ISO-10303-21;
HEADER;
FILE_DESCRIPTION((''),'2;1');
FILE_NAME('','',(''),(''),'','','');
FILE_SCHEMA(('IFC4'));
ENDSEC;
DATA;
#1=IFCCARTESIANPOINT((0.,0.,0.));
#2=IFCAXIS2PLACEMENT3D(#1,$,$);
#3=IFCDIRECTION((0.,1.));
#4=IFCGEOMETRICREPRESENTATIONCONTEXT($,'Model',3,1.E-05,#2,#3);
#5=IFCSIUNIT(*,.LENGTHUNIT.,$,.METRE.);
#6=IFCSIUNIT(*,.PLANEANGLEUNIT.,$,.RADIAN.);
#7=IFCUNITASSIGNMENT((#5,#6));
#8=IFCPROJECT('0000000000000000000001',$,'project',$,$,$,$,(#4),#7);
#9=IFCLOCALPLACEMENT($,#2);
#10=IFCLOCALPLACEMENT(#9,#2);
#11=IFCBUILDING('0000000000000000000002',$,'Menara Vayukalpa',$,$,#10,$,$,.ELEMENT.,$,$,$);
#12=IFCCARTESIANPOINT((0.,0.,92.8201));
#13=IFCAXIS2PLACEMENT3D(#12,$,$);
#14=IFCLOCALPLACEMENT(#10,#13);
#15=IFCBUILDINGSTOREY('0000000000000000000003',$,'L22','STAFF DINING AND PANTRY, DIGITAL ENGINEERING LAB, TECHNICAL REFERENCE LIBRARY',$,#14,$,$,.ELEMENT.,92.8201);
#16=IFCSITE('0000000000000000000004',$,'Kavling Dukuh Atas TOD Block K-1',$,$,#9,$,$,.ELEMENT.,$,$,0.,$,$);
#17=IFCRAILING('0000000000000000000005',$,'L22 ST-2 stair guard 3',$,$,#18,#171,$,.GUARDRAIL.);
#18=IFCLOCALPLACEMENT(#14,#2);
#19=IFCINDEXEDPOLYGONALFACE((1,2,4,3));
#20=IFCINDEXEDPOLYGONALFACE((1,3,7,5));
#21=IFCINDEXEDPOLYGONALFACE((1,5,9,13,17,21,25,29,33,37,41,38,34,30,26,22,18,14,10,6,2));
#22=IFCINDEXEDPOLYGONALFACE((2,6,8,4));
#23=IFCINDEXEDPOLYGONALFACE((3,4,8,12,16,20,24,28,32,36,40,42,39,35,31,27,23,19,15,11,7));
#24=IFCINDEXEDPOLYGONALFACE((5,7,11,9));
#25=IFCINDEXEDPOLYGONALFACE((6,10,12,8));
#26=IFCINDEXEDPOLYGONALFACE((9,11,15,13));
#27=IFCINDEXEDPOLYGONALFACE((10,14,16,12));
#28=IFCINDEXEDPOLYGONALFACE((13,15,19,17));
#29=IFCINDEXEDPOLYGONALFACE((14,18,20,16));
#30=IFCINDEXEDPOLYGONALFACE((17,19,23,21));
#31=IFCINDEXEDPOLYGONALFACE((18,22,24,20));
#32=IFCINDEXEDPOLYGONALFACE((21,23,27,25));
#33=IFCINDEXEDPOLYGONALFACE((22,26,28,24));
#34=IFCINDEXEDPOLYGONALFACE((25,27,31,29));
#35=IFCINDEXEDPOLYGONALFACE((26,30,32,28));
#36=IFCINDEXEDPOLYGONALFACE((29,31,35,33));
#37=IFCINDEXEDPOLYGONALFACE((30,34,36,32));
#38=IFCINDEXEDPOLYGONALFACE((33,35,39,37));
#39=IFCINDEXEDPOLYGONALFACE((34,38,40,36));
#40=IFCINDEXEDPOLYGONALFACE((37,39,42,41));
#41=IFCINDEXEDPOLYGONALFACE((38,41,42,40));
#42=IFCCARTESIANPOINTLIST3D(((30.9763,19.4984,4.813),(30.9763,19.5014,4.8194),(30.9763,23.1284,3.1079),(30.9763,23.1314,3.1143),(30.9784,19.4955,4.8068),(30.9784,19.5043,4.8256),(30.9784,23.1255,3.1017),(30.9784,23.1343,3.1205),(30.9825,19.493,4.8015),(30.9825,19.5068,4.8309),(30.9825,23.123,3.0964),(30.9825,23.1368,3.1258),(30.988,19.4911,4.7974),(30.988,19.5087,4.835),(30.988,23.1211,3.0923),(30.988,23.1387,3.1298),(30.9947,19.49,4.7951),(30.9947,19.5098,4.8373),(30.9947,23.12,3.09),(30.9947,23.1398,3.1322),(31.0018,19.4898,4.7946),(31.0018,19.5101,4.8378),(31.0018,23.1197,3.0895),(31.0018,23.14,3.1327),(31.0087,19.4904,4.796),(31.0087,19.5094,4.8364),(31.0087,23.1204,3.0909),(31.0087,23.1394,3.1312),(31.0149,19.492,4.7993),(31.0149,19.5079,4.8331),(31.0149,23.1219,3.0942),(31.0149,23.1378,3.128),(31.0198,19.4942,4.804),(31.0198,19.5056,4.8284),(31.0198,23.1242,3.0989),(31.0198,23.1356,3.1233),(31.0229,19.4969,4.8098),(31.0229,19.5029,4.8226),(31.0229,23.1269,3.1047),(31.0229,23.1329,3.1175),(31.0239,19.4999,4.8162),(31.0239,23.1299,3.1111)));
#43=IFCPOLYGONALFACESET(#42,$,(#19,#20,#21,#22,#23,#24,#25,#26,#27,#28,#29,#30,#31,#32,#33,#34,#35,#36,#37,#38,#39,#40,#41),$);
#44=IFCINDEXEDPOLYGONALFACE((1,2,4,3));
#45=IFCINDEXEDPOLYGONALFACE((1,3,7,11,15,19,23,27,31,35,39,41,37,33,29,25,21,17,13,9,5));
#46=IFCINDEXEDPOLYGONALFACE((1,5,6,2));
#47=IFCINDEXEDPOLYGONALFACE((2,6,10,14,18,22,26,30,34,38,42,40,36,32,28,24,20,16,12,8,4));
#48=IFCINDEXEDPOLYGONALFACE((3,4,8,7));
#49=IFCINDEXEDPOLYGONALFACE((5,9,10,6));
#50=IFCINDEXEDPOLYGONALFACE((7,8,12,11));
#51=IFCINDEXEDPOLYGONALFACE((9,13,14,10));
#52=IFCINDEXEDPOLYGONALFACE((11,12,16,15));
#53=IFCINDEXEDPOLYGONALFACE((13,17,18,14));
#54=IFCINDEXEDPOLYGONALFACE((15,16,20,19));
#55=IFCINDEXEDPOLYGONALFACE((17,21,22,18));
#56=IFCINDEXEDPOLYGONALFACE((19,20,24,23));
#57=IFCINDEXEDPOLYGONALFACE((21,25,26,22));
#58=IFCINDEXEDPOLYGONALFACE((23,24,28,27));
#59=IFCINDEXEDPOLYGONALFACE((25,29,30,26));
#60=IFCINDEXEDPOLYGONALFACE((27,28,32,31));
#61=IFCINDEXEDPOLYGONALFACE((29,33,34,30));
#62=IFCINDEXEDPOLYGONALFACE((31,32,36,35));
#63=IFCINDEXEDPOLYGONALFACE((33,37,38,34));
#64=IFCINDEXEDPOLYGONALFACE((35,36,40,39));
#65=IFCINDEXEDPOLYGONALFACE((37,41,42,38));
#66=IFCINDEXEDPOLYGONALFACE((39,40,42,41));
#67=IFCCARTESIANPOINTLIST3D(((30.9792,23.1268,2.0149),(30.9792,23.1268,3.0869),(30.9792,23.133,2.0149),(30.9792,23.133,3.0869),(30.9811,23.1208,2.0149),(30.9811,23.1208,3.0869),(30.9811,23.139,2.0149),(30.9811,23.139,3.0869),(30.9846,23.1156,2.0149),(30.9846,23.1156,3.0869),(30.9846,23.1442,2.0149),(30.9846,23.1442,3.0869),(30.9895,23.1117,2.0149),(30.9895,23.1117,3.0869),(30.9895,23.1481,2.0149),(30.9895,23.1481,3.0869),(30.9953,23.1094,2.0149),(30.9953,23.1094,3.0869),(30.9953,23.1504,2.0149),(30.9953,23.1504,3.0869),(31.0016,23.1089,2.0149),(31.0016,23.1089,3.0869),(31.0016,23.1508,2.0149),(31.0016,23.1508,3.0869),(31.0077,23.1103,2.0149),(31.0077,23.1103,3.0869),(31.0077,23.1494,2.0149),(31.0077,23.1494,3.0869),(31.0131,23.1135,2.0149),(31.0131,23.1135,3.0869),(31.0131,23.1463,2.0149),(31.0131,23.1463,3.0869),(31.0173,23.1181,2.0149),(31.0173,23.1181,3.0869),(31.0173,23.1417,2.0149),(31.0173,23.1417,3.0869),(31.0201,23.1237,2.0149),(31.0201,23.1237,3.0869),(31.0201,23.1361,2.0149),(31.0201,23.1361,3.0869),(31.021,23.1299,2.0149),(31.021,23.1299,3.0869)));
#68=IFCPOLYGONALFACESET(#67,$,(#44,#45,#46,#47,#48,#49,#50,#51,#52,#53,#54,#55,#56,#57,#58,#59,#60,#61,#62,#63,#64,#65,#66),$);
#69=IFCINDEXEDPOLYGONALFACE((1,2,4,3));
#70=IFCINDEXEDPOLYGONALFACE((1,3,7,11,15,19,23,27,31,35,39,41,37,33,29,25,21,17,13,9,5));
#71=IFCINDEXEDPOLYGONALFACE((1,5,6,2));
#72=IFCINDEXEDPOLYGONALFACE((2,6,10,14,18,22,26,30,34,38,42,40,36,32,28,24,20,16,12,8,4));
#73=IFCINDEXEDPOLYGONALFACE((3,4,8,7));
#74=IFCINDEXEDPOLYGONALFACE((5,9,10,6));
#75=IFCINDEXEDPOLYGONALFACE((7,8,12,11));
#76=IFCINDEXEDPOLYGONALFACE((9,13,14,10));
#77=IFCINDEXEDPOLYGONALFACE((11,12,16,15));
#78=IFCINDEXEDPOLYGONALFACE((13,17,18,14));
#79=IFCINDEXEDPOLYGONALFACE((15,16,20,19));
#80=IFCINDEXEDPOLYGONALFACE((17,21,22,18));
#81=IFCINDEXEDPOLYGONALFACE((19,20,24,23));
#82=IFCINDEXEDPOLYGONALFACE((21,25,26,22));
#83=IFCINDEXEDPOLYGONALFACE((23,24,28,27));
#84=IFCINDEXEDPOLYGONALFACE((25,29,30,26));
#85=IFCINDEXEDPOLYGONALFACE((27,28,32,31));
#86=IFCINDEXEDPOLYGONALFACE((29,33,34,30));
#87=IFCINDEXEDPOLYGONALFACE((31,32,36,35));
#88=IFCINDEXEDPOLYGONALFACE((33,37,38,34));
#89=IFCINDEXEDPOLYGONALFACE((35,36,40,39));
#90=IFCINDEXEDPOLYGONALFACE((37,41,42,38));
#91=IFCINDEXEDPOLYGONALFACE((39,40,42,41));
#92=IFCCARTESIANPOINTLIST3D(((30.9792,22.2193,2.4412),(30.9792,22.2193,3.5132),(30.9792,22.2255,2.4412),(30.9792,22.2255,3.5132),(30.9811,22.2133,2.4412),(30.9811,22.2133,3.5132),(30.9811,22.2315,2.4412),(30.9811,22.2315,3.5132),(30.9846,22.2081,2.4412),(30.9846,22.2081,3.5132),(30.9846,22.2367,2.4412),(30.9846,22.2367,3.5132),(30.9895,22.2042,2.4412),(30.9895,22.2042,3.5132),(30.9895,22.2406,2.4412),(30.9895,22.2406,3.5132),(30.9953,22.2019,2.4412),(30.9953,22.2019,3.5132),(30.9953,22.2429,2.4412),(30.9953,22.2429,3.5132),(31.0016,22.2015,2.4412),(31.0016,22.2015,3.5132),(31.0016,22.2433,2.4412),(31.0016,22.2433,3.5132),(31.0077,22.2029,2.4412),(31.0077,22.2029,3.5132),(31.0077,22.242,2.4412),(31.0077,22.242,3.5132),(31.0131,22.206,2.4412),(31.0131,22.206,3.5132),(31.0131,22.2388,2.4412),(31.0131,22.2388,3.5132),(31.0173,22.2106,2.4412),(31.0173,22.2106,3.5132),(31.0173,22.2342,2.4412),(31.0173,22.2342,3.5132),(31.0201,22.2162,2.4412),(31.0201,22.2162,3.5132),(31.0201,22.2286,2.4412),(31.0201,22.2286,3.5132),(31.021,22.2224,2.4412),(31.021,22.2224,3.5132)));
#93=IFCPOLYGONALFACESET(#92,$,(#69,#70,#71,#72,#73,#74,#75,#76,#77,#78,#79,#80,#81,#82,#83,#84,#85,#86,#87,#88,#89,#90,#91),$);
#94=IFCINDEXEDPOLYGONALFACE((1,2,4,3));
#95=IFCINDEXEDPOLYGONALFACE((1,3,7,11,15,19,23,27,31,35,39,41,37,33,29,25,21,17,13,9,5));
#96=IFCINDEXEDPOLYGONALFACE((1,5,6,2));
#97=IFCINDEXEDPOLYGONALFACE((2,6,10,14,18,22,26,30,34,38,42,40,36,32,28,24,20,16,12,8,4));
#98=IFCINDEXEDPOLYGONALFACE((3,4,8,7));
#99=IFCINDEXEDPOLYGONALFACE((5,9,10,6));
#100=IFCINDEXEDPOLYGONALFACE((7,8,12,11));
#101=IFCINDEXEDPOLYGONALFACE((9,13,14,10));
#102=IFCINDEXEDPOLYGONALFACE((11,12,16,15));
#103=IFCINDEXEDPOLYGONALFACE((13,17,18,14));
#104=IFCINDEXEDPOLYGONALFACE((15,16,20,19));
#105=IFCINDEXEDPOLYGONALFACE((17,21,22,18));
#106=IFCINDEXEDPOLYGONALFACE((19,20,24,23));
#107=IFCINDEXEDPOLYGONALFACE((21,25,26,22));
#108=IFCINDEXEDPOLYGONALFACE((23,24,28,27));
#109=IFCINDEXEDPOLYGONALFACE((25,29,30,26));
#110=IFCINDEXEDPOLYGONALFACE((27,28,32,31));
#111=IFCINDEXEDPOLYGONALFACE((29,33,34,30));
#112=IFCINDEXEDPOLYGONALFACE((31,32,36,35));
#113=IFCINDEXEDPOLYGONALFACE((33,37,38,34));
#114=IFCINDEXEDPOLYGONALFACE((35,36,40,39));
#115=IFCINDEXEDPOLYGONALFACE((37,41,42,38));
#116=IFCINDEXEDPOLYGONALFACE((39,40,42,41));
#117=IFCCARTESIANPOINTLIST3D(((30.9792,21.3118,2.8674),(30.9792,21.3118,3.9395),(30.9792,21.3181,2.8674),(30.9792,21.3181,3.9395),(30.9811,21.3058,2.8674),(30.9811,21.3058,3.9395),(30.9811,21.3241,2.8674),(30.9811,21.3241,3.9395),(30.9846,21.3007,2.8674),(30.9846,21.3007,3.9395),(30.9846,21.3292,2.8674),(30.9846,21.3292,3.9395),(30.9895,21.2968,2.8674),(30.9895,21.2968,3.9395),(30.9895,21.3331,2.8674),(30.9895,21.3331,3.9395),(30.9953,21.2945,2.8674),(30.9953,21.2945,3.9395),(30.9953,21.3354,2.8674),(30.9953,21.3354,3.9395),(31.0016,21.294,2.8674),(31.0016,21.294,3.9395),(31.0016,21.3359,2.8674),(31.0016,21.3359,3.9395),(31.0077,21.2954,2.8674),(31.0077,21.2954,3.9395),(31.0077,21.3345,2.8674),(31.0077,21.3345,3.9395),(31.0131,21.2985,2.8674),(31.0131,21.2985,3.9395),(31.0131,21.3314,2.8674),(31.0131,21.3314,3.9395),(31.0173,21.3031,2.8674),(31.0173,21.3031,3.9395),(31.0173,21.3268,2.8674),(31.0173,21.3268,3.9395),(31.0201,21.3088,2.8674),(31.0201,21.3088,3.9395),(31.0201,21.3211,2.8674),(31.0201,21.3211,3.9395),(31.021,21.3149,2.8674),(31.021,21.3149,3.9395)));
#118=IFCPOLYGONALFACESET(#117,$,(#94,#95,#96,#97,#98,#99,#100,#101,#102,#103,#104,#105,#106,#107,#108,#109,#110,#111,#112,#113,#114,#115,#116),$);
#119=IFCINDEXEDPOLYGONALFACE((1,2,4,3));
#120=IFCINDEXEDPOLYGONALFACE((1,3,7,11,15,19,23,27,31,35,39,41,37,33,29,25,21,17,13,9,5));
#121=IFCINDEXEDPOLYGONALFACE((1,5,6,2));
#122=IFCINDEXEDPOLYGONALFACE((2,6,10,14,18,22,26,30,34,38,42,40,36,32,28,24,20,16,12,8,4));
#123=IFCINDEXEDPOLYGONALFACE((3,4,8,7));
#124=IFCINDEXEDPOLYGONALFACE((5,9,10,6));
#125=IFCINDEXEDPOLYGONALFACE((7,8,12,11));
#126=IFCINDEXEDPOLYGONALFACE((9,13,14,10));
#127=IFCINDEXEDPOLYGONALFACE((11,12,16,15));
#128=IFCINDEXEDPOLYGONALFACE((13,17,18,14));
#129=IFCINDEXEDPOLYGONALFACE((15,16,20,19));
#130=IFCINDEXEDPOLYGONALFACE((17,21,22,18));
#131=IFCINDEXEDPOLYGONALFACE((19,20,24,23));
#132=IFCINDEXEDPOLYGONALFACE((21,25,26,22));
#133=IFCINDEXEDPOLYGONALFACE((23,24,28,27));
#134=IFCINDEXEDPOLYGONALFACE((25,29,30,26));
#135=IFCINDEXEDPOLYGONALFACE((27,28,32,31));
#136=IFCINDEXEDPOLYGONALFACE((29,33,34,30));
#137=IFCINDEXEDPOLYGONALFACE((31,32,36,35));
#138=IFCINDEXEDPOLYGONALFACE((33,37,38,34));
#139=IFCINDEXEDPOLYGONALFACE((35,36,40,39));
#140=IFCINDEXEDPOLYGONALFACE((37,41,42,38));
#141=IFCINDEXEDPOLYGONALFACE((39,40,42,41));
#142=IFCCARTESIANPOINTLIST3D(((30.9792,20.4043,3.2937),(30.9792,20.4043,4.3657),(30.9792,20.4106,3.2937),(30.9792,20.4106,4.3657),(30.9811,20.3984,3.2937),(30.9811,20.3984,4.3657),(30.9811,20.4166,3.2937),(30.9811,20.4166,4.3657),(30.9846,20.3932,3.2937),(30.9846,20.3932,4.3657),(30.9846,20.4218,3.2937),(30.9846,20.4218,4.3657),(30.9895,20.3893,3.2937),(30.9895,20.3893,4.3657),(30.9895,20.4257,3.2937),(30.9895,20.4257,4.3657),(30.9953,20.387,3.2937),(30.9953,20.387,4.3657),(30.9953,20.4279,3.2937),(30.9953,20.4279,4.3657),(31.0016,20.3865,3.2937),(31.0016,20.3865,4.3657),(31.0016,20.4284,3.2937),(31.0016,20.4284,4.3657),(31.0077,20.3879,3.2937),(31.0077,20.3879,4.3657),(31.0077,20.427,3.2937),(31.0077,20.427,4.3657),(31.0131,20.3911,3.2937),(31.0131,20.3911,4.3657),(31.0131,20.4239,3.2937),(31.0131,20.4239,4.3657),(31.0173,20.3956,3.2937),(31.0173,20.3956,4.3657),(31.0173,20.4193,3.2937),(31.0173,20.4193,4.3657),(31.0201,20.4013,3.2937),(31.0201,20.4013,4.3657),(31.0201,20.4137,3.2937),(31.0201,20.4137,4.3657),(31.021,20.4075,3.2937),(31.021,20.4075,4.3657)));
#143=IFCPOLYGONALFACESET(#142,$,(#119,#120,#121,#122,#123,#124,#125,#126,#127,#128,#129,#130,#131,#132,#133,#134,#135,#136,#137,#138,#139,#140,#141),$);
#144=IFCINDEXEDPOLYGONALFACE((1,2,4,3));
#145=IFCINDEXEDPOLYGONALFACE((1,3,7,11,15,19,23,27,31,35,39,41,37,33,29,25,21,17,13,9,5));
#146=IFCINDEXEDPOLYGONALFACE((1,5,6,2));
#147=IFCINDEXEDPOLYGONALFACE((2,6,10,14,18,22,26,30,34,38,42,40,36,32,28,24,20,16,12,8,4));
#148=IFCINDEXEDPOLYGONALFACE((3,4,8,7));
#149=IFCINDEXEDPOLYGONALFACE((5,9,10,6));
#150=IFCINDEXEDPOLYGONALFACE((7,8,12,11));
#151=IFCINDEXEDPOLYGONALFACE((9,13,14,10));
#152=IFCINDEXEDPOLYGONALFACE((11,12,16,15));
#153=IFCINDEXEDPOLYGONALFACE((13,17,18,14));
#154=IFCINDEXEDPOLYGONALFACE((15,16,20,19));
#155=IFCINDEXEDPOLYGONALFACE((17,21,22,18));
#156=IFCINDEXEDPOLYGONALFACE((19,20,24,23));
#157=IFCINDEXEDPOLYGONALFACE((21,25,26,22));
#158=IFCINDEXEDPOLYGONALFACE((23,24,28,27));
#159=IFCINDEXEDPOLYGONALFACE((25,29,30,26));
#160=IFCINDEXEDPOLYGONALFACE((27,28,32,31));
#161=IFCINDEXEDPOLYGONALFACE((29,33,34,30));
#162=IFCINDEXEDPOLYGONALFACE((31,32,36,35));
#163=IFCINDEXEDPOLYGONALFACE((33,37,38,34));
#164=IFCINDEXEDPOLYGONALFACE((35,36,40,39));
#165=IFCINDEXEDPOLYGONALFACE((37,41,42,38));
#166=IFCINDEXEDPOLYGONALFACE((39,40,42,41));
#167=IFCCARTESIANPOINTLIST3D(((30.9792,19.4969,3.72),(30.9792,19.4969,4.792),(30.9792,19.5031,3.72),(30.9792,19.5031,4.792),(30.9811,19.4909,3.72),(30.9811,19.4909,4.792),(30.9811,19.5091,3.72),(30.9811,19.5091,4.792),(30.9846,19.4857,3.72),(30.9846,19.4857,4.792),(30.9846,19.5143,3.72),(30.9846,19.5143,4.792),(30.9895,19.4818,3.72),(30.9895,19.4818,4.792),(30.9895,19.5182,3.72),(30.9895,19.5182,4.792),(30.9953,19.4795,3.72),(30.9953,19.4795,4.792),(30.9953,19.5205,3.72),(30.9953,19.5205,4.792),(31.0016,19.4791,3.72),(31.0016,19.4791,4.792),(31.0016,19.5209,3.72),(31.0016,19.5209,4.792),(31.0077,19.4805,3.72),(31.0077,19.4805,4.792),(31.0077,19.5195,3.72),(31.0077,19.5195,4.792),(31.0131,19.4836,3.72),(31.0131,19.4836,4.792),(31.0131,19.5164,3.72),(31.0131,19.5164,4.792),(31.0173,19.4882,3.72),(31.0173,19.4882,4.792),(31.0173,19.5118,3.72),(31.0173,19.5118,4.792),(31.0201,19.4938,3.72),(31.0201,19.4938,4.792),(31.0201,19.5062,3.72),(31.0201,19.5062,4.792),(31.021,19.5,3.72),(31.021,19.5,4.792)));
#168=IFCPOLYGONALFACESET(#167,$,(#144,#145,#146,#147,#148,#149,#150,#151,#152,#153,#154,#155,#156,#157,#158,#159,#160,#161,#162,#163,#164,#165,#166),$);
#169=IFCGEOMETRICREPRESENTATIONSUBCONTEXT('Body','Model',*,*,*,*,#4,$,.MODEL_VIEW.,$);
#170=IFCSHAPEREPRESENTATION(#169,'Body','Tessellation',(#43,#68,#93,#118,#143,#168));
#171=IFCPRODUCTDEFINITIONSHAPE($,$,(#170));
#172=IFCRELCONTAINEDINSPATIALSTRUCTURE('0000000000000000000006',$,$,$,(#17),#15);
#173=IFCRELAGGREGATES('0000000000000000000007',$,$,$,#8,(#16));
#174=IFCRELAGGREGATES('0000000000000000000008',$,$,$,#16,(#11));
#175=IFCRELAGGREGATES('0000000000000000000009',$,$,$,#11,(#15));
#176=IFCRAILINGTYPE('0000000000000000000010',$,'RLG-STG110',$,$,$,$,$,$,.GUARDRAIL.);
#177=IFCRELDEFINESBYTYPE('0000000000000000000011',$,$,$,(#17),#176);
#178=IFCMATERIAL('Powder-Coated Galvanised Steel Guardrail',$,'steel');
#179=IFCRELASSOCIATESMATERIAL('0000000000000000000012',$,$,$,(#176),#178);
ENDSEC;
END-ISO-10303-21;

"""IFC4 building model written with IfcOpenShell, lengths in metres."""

from ifc_helpers import new_model, si_unit, direction, frame, origin, origin_2d, place, context, subcontext, project, spatial, circle, extrude, material, type_object, element, save


model = new_model("IFC4")

# Units and contexts
model_context = context("Model", 3, precision=1e-05, world=origin(), true_north=direction((0.0, 1.0)))
body_context = subcontext(model_context, "Body", "Model", "MODEL_VIEW")
ifc_project = project(units=[si_unit("LENGTHUNIT", "METRE"), si_unit("PLANEANGLEUNIT", "RADIAN")], contexts=[model_context])

# Site, building, storey
site_placement = place(None, origin())
site = spatial("IfcSite", under=ifc_project, at=site_placement, Name="Kavling Dukuh Atas TOD Block K-1", CompositionType="ELEMENT", RefElevation=0.0)
building_placement = place(site_placement, origin())
building = spatial("IfcBuilding", under=site, at=building_placement, Name="Menara Vayukalpa", CompositionType="ELEMENT")
storey_placement = place(building_placement, frame((0.0, 0.0, 92.8201)))
storey = spatial("IfcBuildingStorey", under=building, at=storey_placement, Name="L22", Description="STAFF DINING AND PANTRY, DIGITAL ENGINEERING LAB, TECHNICAL REFERENCE LIBRARY", CompositionType="ELEMENT", Elevation=92.8201)

# Railing
ifc_material_1 = material(Name="Powder-Coated Galvanised Steel Guardrail", Category="steel")
railing_type_1 = type_object("IfcRailingType", Name="RLG-STG110", PredefinedType="GUARDRAIL", material=ifc_material_1)
railing_1_placement = place(storey_placement, frame((31.0, 23.1299, 2.0149)))
element("IfcRailing", 1, at=railing_1_placement, inside=storey, type_object=railing_type_1, Name="L22 ST-2 stair guard 3", PredefinedType="GUARDRAIL", context=body_context, shape_type="SweptSolid", body=[
    extrude(circle(Radius=0.0239, at=origin_2d()), frame((0.0, 0.0, 1.0962), z_axis=(0.0, -0.905116, 0.425164), x_axis=(1.0, 0.0, 0.0)), (0.0, 0.0, 1.0), 4.0105),
    extrude(circle(Radius=0.021, at=origin_2d()), origin(), (0.0, 0.0, 1.0), 1.072),
    extrude(circle(Radius=0.021, at=origin_2d()), frame((0.0, -0.9075, 0.4263)), (0.0, 0.0, 1.0), 1.072),
    extrude(circle(Radius=0.021, at=origin_2d()), frame((0.0, -1.8149, 0.8525)), (0.0, 0.0, 1.0), 1.072),
    extrude(circle(Radius=0.021, at=origin_2d()), frame((0.0, -2.7224, 1.2788)), (0.0, 0.0, 1.0), 1.072),
    extrude(circle(Radius=0.021, at=origin_2d()), frame((0.0, -3.6299, 1.7051)), (0.0, 0.0, 1.0), 1.072),
])

save(model, "model.ifc")
